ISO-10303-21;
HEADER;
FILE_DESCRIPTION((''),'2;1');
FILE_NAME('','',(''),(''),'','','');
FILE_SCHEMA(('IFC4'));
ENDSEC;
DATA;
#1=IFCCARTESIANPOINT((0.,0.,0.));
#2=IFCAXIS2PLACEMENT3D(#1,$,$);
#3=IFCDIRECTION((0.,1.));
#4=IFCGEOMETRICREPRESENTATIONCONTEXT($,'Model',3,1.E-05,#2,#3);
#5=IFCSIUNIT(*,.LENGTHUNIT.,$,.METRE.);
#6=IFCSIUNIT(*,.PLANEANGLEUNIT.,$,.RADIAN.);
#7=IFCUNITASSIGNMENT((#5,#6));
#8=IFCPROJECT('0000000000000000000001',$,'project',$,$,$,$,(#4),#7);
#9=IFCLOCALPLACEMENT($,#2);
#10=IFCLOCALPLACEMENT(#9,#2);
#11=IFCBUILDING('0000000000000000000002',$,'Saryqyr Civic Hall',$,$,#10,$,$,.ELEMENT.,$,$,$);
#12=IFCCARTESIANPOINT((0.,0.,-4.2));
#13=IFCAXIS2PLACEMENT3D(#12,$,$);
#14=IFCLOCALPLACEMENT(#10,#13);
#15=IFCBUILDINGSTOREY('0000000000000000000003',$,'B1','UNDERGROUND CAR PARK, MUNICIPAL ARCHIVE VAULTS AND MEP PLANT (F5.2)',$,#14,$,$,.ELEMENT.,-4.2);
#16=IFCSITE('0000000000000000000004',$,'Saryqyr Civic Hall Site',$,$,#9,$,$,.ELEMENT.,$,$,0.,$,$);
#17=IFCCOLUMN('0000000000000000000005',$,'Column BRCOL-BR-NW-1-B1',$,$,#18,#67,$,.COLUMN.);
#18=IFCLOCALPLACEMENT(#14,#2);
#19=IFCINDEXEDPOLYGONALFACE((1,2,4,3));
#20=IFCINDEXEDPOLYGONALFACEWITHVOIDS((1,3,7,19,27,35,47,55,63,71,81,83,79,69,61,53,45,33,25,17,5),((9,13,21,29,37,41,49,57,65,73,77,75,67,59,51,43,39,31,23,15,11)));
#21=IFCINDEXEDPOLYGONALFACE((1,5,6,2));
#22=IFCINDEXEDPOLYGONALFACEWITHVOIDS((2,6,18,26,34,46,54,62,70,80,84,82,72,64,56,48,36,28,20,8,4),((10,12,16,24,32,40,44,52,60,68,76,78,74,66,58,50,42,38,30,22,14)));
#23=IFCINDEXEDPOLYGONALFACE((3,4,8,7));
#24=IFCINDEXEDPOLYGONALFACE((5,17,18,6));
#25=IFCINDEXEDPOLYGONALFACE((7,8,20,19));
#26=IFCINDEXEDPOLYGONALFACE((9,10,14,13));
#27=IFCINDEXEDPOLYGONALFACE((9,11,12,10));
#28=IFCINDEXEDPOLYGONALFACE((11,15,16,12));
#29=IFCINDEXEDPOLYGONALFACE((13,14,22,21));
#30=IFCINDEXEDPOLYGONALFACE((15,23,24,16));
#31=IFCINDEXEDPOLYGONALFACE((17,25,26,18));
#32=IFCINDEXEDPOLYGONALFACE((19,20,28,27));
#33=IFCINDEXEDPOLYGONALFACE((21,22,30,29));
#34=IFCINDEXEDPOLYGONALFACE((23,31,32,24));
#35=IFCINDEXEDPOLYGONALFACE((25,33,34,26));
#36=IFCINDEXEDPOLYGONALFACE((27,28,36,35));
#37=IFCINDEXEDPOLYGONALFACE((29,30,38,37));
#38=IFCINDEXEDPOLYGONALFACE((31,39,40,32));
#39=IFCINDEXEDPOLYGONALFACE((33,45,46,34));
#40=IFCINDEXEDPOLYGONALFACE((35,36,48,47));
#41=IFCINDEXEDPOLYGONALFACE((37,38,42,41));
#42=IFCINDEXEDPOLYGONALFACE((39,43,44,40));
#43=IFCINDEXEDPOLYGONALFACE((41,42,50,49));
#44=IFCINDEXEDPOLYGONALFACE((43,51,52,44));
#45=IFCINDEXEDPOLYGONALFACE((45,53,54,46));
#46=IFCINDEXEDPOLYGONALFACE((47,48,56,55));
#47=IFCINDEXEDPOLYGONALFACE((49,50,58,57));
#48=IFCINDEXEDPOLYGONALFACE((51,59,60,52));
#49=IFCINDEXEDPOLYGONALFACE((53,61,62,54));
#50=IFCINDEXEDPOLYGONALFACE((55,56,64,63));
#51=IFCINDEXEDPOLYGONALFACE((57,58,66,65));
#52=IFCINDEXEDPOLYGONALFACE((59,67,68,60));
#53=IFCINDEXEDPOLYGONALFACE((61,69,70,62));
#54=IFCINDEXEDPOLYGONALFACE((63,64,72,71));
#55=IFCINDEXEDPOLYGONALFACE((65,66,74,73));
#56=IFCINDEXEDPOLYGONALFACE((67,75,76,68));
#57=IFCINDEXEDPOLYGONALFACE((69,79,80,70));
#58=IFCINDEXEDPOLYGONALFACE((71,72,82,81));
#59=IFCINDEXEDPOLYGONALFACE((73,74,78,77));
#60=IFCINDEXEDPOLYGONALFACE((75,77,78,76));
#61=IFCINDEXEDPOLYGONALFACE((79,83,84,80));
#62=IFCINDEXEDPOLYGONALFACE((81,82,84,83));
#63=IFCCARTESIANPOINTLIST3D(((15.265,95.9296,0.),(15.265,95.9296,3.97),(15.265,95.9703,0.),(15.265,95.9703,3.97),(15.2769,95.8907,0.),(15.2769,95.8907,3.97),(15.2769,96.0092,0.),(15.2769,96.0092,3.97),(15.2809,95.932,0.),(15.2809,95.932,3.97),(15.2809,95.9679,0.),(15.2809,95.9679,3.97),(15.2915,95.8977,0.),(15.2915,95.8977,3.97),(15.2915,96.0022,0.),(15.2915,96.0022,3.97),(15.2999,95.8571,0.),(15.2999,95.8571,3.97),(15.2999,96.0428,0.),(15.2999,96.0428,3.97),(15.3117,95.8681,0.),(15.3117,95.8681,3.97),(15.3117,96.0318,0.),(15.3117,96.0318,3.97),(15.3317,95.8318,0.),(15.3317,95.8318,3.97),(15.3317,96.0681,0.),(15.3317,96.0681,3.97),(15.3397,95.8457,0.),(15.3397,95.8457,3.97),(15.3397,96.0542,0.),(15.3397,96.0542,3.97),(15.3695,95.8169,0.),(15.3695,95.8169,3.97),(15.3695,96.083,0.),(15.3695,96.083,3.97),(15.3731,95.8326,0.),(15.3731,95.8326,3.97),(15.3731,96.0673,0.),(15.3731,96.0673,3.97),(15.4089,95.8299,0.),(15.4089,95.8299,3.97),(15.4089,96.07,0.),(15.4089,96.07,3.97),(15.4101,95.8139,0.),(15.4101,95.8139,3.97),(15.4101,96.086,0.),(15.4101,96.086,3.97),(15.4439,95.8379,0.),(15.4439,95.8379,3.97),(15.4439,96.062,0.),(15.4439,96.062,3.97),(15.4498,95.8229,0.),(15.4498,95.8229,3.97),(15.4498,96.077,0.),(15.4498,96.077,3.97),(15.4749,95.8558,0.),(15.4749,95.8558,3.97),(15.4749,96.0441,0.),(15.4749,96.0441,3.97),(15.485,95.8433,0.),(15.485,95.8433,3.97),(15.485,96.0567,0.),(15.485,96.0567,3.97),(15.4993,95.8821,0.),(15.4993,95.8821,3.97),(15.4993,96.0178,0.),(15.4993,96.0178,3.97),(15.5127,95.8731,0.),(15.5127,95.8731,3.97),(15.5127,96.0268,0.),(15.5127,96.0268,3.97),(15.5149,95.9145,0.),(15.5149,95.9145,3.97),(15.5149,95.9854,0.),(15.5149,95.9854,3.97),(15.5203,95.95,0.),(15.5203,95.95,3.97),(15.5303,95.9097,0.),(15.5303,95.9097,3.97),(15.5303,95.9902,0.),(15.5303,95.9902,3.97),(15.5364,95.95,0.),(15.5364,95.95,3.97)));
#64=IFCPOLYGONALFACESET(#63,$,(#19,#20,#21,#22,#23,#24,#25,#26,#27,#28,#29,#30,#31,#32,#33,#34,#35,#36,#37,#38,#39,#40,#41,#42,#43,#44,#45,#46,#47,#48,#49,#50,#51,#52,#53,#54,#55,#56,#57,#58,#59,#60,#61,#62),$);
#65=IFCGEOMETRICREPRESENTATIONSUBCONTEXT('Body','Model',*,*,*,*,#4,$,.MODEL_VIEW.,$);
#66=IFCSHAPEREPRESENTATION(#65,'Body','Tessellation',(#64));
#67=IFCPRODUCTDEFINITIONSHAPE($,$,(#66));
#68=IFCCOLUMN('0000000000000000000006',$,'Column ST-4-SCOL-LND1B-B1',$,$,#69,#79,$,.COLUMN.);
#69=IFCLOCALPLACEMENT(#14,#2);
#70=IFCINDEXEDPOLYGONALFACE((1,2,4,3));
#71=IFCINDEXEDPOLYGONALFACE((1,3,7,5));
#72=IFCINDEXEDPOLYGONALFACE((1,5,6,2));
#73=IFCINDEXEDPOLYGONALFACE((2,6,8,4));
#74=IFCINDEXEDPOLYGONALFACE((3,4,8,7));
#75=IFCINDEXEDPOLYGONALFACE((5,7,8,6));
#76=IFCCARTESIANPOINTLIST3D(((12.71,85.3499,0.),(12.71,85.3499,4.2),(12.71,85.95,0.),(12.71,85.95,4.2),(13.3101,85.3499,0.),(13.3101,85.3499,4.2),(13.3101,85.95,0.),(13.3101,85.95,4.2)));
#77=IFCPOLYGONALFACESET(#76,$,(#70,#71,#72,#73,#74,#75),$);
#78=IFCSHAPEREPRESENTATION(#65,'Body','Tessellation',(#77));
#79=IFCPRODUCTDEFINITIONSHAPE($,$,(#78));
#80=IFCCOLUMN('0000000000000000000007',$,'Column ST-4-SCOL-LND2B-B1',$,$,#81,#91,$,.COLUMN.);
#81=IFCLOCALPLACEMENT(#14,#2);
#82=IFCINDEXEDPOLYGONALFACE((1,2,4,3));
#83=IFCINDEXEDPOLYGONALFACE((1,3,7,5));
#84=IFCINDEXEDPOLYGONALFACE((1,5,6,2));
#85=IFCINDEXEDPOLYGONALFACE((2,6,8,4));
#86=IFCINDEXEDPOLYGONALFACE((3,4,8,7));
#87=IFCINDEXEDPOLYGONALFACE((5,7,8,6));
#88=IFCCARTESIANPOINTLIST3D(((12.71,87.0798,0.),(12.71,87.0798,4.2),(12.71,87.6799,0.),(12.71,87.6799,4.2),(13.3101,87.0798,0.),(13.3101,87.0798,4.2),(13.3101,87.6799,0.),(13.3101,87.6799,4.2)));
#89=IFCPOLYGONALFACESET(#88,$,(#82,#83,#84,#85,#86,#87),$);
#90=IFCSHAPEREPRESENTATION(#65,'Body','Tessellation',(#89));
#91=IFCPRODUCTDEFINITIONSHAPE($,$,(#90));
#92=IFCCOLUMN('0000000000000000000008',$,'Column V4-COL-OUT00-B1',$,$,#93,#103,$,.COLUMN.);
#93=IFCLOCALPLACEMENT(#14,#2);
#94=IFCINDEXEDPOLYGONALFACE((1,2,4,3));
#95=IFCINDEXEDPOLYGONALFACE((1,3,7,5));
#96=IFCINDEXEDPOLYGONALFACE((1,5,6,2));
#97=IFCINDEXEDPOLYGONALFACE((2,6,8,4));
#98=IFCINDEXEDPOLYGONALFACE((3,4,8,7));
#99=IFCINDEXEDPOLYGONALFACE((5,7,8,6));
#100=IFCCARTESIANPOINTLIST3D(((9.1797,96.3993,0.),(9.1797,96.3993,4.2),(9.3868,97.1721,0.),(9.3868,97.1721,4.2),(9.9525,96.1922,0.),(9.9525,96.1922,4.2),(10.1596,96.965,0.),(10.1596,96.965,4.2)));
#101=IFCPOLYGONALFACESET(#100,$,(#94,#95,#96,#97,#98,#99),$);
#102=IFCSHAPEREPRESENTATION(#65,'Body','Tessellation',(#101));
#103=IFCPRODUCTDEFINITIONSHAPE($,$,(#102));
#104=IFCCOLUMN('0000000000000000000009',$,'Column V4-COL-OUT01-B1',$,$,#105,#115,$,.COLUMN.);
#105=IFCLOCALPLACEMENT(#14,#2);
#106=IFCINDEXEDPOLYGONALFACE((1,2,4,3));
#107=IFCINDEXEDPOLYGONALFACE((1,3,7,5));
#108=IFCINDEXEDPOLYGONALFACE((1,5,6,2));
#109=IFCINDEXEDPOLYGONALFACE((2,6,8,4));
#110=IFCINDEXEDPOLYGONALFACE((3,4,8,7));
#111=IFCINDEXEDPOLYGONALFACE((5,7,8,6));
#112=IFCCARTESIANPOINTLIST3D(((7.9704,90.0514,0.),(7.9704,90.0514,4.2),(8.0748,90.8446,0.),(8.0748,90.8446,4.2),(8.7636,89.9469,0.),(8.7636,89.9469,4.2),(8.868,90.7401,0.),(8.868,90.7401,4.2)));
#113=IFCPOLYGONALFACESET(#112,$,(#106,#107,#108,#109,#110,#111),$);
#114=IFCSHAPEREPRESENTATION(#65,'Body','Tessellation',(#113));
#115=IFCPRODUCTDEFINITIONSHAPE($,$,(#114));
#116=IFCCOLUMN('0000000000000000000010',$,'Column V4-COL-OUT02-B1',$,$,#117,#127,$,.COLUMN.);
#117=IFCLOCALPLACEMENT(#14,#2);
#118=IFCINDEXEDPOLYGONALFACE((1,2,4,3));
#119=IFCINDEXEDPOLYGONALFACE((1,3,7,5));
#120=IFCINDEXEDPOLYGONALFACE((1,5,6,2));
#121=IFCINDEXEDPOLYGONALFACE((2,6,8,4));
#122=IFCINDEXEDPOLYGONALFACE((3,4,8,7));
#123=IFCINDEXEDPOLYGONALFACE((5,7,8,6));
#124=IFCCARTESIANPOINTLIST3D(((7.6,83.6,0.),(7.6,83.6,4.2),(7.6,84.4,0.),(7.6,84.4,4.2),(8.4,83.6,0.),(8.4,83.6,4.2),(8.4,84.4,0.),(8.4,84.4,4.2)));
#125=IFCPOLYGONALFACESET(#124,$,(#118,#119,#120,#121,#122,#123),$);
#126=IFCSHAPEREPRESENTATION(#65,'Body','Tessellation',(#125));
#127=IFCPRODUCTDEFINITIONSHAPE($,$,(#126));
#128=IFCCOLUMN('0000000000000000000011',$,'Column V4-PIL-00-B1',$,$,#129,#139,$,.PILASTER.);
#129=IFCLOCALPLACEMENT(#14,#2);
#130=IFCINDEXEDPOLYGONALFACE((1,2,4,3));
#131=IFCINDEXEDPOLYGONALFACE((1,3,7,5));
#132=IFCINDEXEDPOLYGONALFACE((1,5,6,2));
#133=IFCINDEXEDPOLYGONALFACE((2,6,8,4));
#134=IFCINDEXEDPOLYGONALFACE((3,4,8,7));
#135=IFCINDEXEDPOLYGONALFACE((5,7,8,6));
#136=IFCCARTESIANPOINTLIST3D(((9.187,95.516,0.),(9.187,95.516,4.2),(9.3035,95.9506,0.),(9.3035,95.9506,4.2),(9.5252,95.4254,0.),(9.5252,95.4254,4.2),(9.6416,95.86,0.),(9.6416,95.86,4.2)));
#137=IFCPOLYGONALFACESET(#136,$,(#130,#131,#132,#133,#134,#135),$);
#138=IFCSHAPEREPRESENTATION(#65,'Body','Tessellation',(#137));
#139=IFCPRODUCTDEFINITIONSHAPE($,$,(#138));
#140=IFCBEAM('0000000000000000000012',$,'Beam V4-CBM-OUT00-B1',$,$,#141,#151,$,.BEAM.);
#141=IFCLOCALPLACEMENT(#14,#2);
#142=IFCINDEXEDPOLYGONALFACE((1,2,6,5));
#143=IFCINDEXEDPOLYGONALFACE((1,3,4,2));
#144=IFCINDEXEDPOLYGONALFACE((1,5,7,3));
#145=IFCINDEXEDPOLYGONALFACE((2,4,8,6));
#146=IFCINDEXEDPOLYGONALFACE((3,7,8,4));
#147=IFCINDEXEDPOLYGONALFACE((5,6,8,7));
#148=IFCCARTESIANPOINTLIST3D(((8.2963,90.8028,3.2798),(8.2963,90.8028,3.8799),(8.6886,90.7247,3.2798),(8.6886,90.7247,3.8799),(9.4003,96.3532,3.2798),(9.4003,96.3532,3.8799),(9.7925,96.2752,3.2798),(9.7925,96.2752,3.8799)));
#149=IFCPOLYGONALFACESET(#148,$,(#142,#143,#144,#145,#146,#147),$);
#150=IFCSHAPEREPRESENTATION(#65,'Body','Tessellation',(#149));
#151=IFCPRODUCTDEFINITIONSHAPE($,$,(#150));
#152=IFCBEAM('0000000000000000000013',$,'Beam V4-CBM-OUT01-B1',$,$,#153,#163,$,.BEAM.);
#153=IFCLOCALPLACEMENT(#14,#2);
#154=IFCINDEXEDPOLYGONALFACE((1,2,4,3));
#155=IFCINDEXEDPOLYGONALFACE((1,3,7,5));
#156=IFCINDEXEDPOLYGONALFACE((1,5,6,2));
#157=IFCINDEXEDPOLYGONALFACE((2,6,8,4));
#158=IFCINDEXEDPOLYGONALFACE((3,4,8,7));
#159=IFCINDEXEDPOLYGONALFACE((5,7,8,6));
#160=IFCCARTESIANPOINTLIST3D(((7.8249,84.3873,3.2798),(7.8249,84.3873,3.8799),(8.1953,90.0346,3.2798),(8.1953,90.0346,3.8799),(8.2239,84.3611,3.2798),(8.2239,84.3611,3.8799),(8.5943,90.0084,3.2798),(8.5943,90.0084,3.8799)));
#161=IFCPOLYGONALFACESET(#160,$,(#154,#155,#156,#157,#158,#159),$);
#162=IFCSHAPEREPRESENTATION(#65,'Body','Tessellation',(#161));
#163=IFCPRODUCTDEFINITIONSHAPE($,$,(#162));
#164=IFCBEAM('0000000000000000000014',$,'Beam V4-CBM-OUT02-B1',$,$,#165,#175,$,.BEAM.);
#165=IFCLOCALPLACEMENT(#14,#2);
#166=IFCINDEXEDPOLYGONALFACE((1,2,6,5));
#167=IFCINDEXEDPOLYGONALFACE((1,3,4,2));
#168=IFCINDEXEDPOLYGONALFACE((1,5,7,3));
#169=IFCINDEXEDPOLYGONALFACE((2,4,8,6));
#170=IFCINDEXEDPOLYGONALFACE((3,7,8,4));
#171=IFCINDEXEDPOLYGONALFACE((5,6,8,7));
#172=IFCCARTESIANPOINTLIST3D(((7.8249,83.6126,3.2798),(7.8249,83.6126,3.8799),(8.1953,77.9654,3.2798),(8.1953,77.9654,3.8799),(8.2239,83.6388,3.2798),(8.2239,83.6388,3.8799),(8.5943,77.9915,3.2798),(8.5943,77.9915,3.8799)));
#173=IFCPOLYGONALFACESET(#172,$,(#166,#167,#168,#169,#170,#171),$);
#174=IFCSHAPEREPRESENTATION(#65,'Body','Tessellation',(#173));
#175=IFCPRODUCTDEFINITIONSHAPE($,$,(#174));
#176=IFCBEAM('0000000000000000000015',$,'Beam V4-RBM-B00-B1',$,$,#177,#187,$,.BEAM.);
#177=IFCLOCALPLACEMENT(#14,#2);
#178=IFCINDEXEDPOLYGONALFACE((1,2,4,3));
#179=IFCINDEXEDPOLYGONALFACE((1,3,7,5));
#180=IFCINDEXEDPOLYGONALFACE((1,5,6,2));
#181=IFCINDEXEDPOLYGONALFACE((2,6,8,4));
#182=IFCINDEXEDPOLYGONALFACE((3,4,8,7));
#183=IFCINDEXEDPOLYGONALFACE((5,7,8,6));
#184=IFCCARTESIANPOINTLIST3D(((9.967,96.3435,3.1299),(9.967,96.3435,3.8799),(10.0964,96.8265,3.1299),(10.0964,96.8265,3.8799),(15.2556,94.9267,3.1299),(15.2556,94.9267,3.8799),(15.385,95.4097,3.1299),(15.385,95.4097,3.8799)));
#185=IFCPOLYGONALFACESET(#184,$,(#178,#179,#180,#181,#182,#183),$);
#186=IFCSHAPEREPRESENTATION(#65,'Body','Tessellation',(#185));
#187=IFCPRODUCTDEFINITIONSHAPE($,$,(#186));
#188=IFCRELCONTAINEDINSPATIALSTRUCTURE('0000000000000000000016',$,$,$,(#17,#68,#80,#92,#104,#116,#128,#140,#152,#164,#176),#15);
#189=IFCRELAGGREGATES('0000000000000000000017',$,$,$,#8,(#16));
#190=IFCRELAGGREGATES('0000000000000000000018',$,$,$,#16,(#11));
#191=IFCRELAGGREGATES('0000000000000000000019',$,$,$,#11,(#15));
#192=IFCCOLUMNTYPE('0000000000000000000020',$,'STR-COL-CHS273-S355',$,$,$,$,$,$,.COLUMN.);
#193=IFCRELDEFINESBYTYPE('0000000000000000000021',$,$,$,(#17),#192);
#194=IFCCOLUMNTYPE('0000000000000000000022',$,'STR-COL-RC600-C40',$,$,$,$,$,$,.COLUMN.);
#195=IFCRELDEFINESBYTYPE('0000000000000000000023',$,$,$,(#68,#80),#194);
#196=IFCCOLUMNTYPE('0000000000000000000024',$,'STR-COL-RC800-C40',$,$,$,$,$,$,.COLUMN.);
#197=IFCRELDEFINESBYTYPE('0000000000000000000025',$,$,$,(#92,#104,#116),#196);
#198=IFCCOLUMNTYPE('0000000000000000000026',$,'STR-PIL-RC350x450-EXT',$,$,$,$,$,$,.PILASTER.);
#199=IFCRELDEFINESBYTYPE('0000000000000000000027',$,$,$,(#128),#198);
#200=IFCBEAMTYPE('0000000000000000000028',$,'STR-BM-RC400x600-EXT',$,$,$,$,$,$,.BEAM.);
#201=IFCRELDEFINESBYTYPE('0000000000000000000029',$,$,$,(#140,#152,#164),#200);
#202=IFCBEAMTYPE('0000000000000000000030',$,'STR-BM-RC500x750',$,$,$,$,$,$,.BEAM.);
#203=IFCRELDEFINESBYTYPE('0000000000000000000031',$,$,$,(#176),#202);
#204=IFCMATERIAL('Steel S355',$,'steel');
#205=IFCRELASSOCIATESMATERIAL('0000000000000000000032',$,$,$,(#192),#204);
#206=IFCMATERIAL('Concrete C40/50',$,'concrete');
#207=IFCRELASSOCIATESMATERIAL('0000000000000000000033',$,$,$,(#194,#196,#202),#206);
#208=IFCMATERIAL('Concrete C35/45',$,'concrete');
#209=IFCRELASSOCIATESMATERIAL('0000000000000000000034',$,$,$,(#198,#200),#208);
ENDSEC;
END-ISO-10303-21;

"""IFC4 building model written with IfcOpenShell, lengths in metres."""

from ifc_helpers import new_model, si_unit, direction, frame, origin, origin_2d, place, context, subcontext, project, spatial, rectangle, hollow_circle, extrude, material, material_profile, profile_set, type_object, element, save


model = new_model("IFC4")

# Units and contexts
model_context = context("Model", 3, precision=1e-05, world=origin(), true_north=direction((0.0, 1.0)))
body_context = subcontext(model_context, "Body", "Model", "MODEL_VIEW")
ifc_project = project(units=[si_unit("LENGTHUNIT", "METRE"), si_unit("PLANEANGLEUNIT", "RADIAN")], contexts=[model_context])

# Site, building, storey
site_placement = place(None, origin())
site = spatial("IfcSite", under=ifc_project, at=site_placement, Name="Saryqyr Civic Hall Site", CompositionType="ELEMENT", RefElevation=0.0)
building_placement = place(site_placement, origin())
building = spatial("IfcBuilding", under=site, at=building_placement, Name="Saryqyr Civic Hall", CompositionType="ELEMENT")
storey_placement = place(building_placement, frame((0.0, 0.0, -4.2)))
storey = spatial("IfcBuildingStorey", under=building, at=storey_placement, Name="B1", Description="UNDERGROUND CAR PARK, MUNICIPAL ARCHIVE VAULTS AND MEP PLANT (F5.2)", CompositionType="ELEMENT", Elevation=-4.2)

# Shared definitions
ifc_material_1 = material(Name="Concrete C35/45", Category="concrete")

# Columns
ifc_material_2 = material(Name="Steel S355", Category="steel")
ifc_material_profile_1 = material_profile(ifc_material_2, hollow_circle(Radius=0.1365, WallThickness=0.0161, at=origin_2d()), Name="CHS 273x16")
ifc_profile_set_1 = profile_set([ifc_material_profile_1], Name="Steel S355")
column_type_1 = type_object("IfcColumnType", Name="STR-COL-CHS273-S355", PredefinedType="COLUMN", material=ifc_profile_set_1)
column_1_placement = place(storey_placement, frame((15.3999, 95.95, 0.0), z_axis=(0.0, 0.0, 1.0), x_axis=(1.0, 0.0, 0.0)))
element("IfcColumn", 1, at=column_1_placement, inside=storey, type_object=column_type_1, Name="Column BRCOL-BR-NW-1-B1", PredefinedType="COLUMN", context=body_context, shape_type="SweptSolid", body=[
    extrude(hollow_circle(Radius=0.1365, WallThickness=0.0161, at=origin_2d()), origin(), (0.0, 0.0, 1.0), 3.97),
])
ifc_material_3 = material(Name="Concrete C40/50", Category="concrete")
ifc_material_profile_2 = material_profile(ifc_material_3, rectangle(XDim=0.6001, YDim=0.6001, at=origin_2d()), Name="RC 600x600")
ifc_profile_set_2 = profile_set([ifc_material_profile_2], Name="Concrete C40/50")
column_type_2 = type_object("IfcColumnType", Name="STR-COL-RC600-C40", PredefinedType="COLUMN", material=ifc_profile_set_2)
for number, where, z_axis, x_axis, name in (
    (2, (13.01, 85.6499, 0.0), (0.0, 0.0, 1.0), (1.0, 0.0, 0.0), "Column ST-4-SCOL-LND1B-B1"),
    (3, (13.01, 87.3799, 0.0), (0.0, 0.0, 1.0), (1.0, 0.0, 0.0), "Column ST-4-SCOL-LND2B-B1"),
):
    element("IfcColumn", number, at=place(storey_placement, frame(where, z_axis=z_axis, x_axis=x_axis)), inside=storey, type_object=column_type_2, Name=name, PredefinedType="COLUMN", context=body_context, shape_type="SweptSolid", body=[
        extrude(rectangle(XDim=0.6001, YDim=0.6001, at=origin_2d()), origin(), (0.0, 0.0, 1.0), 4.2),
    ])
ifc_material_profile_3 = material_profile(ifc_material_3, rectangle(XDim=0.8, YDim=0.8, at=origin_2d()), Name="RC 800x800")
ifc_profile_set_3 = profile_set([ifc_material_profile_3], Name="Concrete C40/50")
column_type_3 = type_object("IfcColumnType", Name="STR-COL-RC800-C40", PredefinedType="COLUMN", material=ifc_profile_set_3)
for number, where, z_axis, x_axis, name in (
    (4, (9.6697, 96.6821, 0.0), (0.0, 0.0, 1.0), (-0.965926, 0.258819, 0.0), "Column V4-COL-OUT00-B1"),
    (5, (8.4192, 90.3958, 0.0), (0.0, 0.0, 1.0), (-0.991445, 0.130526, 0.0), "Column V4-COL-OUT01-B1"),
    (6, (8.0, 84.0, 0.0), (0.0, 0.0, 1.0), (-1.0, 0.0, 0.0), "Column V4-COL-OUT02-B1"),
):
    element("IfcColumn", number, at=place(storey_placement, frame(where, z_axis=z_axis, x_axis=x_axis)), inside=storey, type_object=column_type_3, Name=name, PredefinedType="COLUMN", context=body_context, shape_type="SweptSolid", body=[
        extrude(rectangle(XDim=0.8, YDim=0.8, at=origin_2d()), origin(), (0.0, 0.0, 1.0), 4.2),
    ])
ifc_material_profile_4 = material_profile(ifc_material_1, rectangle(XDim=0.3501, YDim=0.45, at=origin_2d()), Name="RC 350x450")
ifc_profile_set_4 = profile_set([ifc_material_profile_4], Name="Concrete C35/45")
column_type_4 = type_object("IfcColumnType", Name="STR-PIL-RC350x450-EXT", PredefinedType="PILASTER", material=ifc_profile_set_4)
column_2_placement = place(storey_placement, frame((9.4143, 95.688, 0.0), z_axis=(0.0, 0.0, 1.0), x_axis=(-0.965926, 0.258819, 0.0)))
element("IfcColumn", 7, at=column_2_placement, inside=storey, type_object=column_type_4, Name="Column V4-PIL-00-B1", PredefinedType="PILASTER", context=body_context, shape_type="SweptSolid", body=[
    extrude(rectangle(XDim=0.3501, YDim=0.45, at=origin_2d()), origin(), (0.0, 0.0, 1.0), 4.2),
])

# Beams
ifc_material_profile_5 = material_profile(ifc_material_1, rectangle(XDim=0.3999, YDim=0.6001, at=origin_2d()), Name="RC 400x600")
ifc_profile_set_5 = profile_set([ifc_material_profile_5], Name="Concrete C35/45")
beam_type_1 = type_object("IfcBeamType", Name="STR-BM-RC400x600-EXT", PredefinedType="BEAM", material=ifc_profile_set_5)
beam_1_placement = place(storey_placement, frame((9.5964, 96.3142, 3.5798), z_axis=(-0.195079, -0.980788, 0.0), x_axis=(0.980788, -0.195079, 0.0)))
element("IfcBeam", 8, at=beam_1_placement, inside=storey, type_object=beam_type_1, Name="Beam V4-CBM-OUT00-B1", PredefinedType="BEAM", context=body_context, shape_type="SweptSolid", body=[
    extrude(rectangle(XDim=0.3999, YDim=0.6001, at=origin_2d()), origin(), (0.0, 0.0, 1.0), 5.6592),
])
for number, where, z_axis, x_axis, name in (
    (9, (8.3948, 90.0215, 3.5798), (-0.065442, -0.997856, 0.0), (0.997856, -0.065442, 0.0), "Beam V4-CBM-OUT01-B1"),
    (10, (8.0244, 83.6257, 3.5798), (0.065442, -0.997856, 0.0), (0.997856, 0.065442, 0.0), "Beam V4-CBM-OUT02-B1"),
):
    element("IfcBeam", number, at=place(storey_placement, frame(where, z_axis=z_axis, x_axis=x_axis)), inside=storey, type_object=beam_type_1, Name=name, PredefinedType="BEAM", context=body_context, shape_type="SweptSolid", body=[
        extrude(rectangle(XDim=0.3999, YDim=0.6001, at=origin_2d()), origin(), (0.0, 0.0, 1.0), 5.6594),
    ])
ifc_material_profile_6 = material_profile(ifc_material_3, rectangle(XDim=0.5, YDim=0.75, at=origin_2d()), Name="RC 500x750")
ifc_profile_set_6 = profile_set([ifc_material_profile_6], Name="Concrete C40/50")
beam_type_2 = type_object("IfcBeamType", Name="STR-BM-RC500x750", PredefinedType="BEAM", material=ifc_profile_set_6)
beam_2_placement = place(storey_placement, frame((15.3203, 95.1682, 3.5049), z_axis=(-0.96594, 0.258764, 0.0), x_axis=(-0.258764, -0.96594, 0.0)))
element("IfcBeam", 11, at=beam_2_placement, inside=storey, type_object=beam_type_2, Name="Beam V4-RBM-B00-B1", PredefinedType="BEAM", context=body_context, shape_type="SweptSolid", body=[
    extrude(rectangle(XDim=0.5, YDim=0.75, at=origin_2d()), origin(), (0.0, 0.0, 1.0), 5.4751),
])

save(model, "model.ifc")
